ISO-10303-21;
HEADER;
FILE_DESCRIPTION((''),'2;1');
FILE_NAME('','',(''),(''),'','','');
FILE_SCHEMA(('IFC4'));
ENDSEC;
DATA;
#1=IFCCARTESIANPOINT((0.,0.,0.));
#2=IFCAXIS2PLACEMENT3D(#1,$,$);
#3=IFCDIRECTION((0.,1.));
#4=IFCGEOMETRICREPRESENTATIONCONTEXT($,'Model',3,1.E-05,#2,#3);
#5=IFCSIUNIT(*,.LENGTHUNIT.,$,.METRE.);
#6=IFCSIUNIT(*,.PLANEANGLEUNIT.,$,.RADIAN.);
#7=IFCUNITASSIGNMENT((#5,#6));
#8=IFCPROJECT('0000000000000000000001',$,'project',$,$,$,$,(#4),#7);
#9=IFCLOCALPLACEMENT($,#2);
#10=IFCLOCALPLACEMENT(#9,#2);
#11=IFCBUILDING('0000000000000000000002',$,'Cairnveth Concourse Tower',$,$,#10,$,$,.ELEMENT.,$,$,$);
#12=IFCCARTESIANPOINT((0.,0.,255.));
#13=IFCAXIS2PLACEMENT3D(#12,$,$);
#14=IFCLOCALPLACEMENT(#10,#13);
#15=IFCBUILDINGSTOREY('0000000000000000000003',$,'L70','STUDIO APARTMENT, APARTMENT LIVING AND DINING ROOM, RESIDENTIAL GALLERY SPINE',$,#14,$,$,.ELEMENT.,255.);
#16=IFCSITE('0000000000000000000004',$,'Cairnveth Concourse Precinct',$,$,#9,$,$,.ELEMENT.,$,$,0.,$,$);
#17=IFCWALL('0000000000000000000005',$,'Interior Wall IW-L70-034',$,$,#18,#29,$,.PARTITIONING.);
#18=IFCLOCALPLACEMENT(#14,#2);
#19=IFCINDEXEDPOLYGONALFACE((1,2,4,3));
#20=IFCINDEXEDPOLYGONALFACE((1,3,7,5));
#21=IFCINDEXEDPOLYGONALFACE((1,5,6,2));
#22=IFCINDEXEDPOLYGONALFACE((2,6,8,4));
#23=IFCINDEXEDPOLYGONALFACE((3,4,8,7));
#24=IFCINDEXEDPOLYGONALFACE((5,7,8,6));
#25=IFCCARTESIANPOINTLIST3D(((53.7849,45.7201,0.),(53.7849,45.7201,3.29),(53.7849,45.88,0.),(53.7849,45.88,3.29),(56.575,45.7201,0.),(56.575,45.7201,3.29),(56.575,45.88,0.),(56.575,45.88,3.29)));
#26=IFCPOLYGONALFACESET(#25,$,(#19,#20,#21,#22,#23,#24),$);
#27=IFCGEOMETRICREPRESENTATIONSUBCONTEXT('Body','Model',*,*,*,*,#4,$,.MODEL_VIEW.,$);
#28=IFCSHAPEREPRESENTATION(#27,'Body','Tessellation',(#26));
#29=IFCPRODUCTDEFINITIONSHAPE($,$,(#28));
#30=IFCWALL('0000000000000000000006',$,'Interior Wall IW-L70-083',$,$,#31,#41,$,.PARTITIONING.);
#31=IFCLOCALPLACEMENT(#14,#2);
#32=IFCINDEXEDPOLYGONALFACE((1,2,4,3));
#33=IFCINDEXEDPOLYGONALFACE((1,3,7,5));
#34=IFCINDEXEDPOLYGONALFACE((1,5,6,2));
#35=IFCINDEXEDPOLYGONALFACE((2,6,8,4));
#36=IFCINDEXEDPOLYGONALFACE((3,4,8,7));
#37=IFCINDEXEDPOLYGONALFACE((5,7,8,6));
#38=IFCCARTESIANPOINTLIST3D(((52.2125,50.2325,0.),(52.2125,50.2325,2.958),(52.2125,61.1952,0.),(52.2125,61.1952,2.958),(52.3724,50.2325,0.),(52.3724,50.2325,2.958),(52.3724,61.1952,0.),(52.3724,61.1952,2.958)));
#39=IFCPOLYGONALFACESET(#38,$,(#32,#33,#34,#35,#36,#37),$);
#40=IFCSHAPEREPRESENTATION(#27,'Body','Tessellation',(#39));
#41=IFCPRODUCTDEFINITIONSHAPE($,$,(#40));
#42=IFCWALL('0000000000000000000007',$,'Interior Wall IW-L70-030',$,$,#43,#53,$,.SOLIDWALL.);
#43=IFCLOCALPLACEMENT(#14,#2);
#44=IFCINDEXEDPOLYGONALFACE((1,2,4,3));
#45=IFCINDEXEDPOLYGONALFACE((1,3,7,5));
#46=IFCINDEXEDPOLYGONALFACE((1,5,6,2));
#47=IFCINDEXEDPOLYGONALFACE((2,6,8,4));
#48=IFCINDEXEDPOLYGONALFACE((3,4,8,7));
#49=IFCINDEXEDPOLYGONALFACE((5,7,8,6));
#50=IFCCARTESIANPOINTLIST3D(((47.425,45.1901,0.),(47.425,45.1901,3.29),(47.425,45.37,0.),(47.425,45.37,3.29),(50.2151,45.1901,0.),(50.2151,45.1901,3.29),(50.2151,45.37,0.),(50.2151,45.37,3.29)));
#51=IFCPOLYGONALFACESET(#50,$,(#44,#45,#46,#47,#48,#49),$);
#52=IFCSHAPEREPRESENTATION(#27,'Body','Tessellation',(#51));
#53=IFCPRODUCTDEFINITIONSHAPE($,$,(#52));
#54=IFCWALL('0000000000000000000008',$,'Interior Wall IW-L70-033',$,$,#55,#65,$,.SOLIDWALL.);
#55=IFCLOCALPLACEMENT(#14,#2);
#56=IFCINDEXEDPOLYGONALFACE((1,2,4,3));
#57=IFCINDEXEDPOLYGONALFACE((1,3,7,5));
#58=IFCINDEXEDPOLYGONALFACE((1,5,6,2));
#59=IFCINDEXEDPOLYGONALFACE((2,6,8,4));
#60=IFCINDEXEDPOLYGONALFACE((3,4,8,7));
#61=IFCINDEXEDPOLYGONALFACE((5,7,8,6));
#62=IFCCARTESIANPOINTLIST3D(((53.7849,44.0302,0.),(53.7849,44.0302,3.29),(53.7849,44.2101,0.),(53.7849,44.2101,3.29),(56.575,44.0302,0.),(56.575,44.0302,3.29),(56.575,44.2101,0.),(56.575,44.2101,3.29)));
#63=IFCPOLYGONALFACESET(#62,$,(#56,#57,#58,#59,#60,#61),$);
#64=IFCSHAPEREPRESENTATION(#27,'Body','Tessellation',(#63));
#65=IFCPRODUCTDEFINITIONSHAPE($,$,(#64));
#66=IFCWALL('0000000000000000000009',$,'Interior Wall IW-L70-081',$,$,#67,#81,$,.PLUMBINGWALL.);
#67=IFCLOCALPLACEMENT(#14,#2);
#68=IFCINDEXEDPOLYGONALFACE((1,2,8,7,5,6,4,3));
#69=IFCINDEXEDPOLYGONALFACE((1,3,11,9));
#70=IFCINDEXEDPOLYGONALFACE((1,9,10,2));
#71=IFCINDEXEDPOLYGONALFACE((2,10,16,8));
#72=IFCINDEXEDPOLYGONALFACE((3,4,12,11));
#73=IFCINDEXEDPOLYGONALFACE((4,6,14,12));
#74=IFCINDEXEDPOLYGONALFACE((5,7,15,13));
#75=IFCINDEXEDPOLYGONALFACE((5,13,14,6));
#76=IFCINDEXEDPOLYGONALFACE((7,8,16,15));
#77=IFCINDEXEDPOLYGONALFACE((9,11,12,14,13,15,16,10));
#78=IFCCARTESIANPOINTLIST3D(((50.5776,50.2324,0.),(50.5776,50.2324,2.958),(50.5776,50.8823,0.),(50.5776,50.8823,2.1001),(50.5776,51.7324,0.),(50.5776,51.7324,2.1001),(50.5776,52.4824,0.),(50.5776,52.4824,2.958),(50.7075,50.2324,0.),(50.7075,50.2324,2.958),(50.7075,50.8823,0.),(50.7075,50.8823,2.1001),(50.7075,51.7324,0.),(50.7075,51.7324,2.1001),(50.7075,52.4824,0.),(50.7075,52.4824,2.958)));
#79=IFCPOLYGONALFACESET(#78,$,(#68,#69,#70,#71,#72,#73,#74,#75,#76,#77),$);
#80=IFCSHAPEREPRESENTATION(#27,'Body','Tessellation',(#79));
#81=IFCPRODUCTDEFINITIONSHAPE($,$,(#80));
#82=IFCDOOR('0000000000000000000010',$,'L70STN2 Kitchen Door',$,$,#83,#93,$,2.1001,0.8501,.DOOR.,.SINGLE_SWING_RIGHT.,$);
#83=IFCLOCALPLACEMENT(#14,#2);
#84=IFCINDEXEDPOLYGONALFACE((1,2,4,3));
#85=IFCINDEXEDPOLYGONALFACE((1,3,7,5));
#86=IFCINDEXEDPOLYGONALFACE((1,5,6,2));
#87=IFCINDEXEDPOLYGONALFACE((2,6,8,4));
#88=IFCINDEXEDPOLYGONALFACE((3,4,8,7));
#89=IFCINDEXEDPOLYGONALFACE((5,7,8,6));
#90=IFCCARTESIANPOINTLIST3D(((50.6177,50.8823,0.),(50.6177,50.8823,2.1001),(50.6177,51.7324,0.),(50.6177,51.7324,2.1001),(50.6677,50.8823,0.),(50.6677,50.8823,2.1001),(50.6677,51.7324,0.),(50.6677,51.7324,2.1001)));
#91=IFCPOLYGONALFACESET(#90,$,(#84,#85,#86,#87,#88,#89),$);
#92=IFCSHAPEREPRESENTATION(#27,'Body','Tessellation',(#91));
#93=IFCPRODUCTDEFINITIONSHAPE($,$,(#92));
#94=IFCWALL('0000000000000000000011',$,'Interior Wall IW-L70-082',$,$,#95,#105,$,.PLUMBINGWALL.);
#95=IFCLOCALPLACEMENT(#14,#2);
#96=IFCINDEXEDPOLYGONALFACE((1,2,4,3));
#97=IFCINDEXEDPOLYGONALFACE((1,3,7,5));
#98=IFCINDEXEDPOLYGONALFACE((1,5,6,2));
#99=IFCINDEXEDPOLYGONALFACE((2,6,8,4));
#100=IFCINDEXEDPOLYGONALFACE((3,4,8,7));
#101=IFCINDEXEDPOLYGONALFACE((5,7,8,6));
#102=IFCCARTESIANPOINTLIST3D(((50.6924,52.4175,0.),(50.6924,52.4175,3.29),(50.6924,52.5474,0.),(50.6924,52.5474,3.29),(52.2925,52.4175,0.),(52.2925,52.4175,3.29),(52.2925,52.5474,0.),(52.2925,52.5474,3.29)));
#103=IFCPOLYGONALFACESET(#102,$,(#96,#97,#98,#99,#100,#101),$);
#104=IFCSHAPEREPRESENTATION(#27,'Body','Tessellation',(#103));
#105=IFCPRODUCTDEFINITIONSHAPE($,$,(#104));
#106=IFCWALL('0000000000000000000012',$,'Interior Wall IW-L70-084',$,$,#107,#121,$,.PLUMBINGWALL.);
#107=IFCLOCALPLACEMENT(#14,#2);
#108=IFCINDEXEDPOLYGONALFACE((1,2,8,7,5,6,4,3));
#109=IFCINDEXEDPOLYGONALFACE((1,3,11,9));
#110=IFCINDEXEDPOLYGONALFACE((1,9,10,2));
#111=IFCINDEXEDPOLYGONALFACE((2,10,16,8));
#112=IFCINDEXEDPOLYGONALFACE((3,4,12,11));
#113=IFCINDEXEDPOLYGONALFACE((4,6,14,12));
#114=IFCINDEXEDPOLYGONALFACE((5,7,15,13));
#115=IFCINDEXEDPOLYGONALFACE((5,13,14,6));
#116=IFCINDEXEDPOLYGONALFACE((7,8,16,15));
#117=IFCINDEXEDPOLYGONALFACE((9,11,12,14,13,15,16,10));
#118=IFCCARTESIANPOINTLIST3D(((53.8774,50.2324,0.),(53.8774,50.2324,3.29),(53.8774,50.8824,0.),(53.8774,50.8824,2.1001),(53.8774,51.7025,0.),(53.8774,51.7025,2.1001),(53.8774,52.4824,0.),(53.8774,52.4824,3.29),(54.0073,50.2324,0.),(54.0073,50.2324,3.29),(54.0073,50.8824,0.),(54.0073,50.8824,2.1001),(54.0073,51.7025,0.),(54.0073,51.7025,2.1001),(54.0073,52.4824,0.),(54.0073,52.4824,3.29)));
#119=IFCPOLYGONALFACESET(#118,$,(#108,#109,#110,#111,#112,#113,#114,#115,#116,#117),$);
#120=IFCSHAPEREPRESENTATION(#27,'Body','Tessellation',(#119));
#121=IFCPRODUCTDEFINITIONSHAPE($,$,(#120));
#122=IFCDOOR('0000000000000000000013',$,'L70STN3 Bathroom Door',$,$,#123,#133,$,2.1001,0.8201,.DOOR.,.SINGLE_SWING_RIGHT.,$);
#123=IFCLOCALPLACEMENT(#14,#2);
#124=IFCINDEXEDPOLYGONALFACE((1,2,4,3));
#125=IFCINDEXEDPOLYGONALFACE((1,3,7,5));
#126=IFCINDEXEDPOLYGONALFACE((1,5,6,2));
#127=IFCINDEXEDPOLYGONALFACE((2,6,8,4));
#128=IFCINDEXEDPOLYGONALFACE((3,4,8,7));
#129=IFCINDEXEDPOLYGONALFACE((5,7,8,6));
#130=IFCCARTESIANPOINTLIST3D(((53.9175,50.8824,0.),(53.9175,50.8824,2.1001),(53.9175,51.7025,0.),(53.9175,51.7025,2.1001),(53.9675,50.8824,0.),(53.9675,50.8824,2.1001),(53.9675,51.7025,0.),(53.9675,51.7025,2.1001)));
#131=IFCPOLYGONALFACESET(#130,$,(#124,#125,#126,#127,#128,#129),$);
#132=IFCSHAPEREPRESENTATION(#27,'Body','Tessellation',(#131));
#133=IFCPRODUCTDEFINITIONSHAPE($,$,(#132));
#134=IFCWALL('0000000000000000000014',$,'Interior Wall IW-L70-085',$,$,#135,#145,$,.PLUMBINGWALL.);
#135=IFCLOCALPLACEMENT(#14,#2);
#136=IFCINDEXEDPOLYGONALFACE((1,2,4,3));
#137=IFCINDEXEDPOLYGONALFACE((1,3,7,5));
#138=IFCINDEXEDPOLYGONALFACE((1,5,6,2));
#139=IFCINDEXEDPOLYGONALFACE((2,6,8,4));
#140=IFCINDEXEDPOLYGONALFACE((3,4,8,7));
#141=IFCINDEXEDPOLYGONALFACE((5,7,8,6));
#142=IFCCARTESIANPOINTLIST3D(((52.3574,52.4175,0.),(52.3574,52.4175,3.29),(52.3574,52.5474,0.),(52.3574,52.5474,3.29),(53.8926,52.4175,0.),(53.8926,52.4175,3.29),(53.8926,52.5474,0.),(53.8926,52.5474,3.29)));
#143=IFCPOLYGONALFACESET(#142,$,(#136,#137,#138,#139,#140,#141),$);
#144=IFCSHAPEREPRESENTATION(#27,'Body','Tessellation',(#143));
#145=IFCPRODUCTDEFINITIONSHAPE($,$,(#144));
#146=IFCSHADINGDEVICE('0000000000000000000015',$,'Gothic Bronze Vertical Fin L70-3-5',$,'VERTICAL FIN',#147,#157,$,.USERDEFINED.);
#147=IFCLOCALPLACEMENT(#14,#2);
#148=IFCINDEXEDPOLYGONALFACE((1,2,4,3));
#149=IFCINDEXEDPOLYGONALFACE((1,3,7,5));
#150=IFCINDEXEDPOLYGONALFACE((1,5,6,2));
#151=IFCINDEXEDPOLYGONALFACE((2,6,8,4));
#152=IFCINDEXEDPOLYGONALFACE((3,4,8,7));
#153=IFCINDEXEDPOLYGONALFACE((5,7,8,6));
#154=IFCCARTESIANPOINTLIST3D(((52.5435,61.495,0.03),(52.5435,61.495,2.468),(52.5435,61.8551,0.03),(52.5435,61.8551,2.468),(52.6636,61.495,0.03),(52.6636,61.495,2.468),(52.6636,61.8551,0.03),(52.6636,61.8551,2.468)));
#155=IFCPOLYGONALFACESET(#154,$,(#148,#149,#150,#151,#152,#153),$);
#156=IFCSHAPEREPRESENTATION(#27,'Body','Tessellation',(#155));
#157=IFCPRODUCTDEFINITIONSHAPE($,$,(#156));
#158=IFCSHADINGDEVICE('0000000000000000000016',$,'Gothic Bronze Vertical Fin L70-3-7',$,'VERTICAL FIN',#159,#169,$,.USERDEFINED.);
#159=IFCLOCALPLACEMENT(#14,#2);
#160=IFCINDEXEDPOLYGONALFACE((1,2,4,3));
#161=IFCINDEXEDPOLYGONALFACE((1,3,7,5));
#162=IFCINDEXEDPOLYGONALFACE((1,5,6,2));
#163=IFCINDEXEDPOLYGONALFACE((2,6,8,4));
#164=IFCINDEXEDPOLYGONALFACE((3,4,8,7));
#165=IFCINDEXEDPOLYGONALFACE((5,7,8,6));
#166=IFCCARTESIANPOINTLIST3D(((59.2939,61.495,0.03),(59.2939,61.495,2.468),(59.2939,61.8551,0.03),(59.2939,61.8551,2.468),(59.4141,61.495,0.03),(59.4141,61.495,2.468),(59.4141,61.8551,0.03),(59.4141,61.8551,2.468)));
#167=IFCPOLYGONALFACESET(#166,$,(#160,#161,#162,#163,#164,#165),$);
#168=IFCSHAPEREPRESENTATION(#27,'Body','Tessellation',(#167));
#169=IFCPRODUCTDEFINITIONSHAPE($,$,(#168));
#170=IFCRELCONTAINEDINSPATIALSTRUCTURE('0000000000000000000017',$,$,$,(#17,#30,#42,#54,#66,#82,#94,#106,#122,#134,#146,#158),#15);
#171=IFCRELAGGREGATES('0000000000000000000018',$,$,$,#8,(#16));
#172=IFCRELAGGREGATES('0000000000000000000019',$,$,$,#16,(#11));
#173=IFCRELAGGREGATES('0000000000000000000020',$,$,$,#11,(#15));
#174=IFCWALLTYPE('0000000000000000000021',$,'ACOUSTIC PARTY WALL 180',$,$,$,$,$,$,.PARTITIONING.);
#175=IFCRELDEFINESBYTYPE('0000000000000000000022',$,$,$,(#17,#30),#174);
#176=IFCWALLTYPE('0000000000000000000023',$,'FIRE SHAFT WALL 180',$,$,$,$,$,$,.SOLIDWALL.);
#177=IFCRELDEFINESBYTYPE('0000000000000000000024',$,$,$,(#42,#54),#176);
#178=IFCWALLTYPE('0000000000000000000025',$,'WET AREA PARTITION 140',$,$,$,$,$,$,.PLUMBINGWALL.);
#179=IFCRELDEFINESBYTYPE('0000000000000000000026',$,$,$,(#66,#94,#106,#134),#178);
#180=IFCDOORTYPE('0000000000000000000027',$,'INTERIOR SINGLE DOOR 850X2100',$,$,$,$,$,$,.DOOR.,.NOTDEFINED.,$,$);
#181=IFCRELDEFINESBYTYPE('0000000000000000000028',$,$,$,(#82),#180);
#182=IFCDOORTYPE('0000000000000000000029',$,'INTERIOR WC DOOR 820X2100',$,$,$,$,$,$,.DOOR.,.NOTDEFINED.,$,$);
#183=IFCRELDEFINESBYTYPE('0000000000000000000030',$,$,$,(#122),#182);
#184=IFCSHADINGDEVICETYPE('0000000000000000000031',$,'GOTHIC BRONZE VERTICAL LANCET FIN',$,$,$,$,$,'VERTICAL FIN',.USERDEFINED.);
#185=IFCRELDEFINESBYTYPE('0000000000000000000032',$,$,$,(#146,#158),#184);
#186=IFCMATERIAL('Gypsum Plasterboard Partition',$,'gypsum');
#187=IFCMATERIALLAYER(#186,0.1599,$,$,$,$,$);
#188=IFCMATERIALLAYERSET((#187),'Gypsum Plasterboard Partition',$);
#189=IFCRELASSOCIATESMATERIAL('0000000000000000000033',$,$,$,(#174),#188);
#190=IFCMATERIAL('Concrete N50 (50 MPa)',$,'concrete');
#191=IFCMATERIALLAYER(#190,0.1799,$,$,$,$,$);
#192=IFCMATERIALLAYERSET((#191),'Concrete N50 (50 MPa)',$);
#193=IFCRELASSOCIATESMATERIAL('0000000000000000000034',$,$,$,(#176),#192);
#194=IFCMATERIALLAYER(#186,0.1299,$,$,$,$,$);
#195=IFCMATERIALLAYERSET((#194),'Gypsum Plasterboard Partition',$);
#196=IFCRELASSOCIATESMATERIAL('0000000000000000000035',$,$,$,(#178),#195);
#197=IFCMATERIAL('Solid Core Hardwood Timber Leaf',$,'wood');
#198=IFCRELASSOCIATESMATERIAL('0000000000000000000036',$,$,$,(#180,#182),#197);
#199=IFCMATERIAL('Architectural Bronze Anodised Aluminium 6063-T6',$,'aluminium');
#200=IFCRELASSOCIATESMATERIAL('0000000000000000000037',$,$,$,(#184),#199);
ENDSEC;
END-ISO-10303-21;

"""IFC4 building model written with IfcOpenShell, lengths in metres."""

from ifc_helpers import new_model, si_unit, direction, frame, frame_2d, origin, origin_2d, place, context, subcontext, project, spatial, rectangle, extrude, material, layer, layer_set, type_object, element, fill, save


model = new_model("IFC4")

# Units and contexts
model_context = context("Model", 3, precision=1e-05, world=origin(), true_north=direction((0.0, 1.0)))
body_context = subcontext(model_context, "Body", "Model", "MODEL_VIEW")
ifc_project = project(units=[si_unit("LENGTHUNIT", "METRE"), si_unit("PLANEANGLEUNIT", "RADIAN")], contexts=[model_context])

# Site, building, storey
site_placement = place(None, origin())
site = spatial("IfcSite", under=ifc_project, at=site_placement, Name="Cairnveth Concourse Precinct", CompositionType="ELEMENT", RefElevation=0.0)
building_placement = place(site_placement, origin())
building = spatial("IfcBuilding", under=site, at=building_placement, Name="Cairnveth Concourse Tower", CompositionType="ELEMENT")
storey_placement = place(building_placement, frame((0.0, 0.0, 255.0)))
storey = spatial("IfcBuildingStorey", under=building, at=storey_placement, Name="L70", Description="STUDIO APARTMENT, APARTMENT LIVING AND DINING ROOM, RESIDENTIAL GALLERY SPINE", CompositionType="ELEMENT", Elevation=255.0)

# Walls
ifc_material_1 = material(Name="Gypsum Plasterboard Partition", Category="gypsum")
ifc_layer_1 = layer(ifc_material_1, 0.1599)
ifc_layer_set_1 = layer_set([ifc_layer_1], Name="Gypsum Plasterboard Partition")
wall_type_1 = type_object("IfcWallType", Name="ACOUSTIC PARTY WALL 180", PredefinedType="PARTITIONING", material=ifc_layer_set_1)
wall_1_placement = place(storey_placement, frame((53.7849, 45.8, 0.0), z_axis=(0.0, 0.0, 1.0), x_axis=(1.0, 0.0, 0.0)))
element("IfcWall", 1, at=wall_1_placement, inside=storey, type_object=wall_type_1, Name="Interior Wall IW-L70-034", PredefinedType="PARTITIONING", context=body_context, shape_type="SweptSolid", body=[
    extrude(rectangle(XDim=2.79, YDim=0.1599, at=frame_2d((1.395, 0.0))), origin(), (0.0, 0.0, 1.0), 3.29),
])
wall_2_placement = place(storey_placement, frame((52.2925, 50.2324, 0.0), z_axis=(0.0, 0.0, 1.0), x_axis=(0.0, 1.0, 0.0)))
element("IfcWall", 2, at=wall_2_placement, inside=storey, type_object=wall_type_1, Name="Interior Wall IW-L70-083", PredefinedType="PARTITIONING", context=body_context, shape_type="SweptSolid", body=[
    extrude(rectangle(XDim=10.9626, YDim=0.1599, at=frame_2d((5.4814, 0.0))), origin(), (0.0, 0.0, 1.0), 2.958),
])
ifc_material_2 = material(Name="Concrete N50 (50 MPa)", Category="concrete")
ifc_layer_2 = layer(ifc_material_2, 0.1799)
ifc_layer_set_2 = layer_set([ifc_layer_2], Name="Concrete N50 (50 MPa)")
wall_type_2 = type_object("IfcWallType", Name="FIRE SHAFT WALL 180", PredefinedType="SOLIDWALL", material=ifc_layer_set_2)
for number, where, z_axis, x_axis, name in (
    (3, (47.425, 45.28, 0.0), (0.0, 0.0, 1.0), (1.0, 0.0, 0.0), "Interior Wall IW-L70-030"),
    (4, (53.7849, 44.1201, 0.0), (0.0, 0.0, 1.0), (1.0, 0.0, 0.0), "Interior Wall IW-L70-033"),
):
    element("IfcWall", number, at=place(storey_placement, frame(where, z_axis=z_axis, x_axis=x_axis)), inside=storey, type_object=wall_type_2, Name=name, PredefinedType="SOLIDWALL", context=body_context, shape_type="SweptSolid", body=[
        extrude(rectangle(XDim=2.79, YDim=0.1799, at=frame_2d((1.395, 0.0))), origin(), (0.0, 0.0, 1.0), 3.29),
    ])

# Wall, opening, door
ifc_layer_3 = layer(ifc_material_1, 0.1299)
ifc_layer_set_3 = layer_set([ifc_layer_3], Name="Gypsum Plasterboard Partition")
wall_type_3 = type_object("IfcWallType", Name="WET AREA PARTITION 140", PredefinedType="PLUMBINGWALL", material=ifc_layer_set_3)
wall_3_placement = place(storey_placement, frame((50.6426, 50.2324, 0.0), z_axis=(0.0, 0.0, 1.0), x_axis=(0.0, 1.0, 0.0)))
wall_3 = element("IfcWall", 5, at=wall_3_placement, inside=storey, type_object=wall_type_3, Name="Interior Wall IW-L70-081", PredefinedType="PLUMBINGWALL", context=body_context, shape_type="SweptSolid", body=[
    extrude(rectangle(XDim=2.25, YDim=0.1299, at=frame_2d((1.125, 0.0))), origin(), (0.0, 0.0, 1.0), 2.958),
])
opening_1_placement = place(wall_3_placement, frame((0.6499, 0.0, 0.0)))
opening_1 = element("IfcOpeningElement", 6, at=opening_1_placement, cuts=wall_3, PredefinedType="OPENING", context=body_context, shape_type="SweptSolid", body=[
    extrude(rectangle(XDim=0.8501, YDim=2.1001, at=frame_2d((0.425, 1.05))), frame((0.0, 0.075, 0.0), z_axis=(0.0, -1.0, 0.0), x_axis=(1.0, 0.0, 0.0)), (0.0, 0.0, 1.0), 0.1499),
])
ifc_material_3 = material(Name="Solid Core Hardwood Timber Leaf", Category="wood")
door_type_1 = type_object("IfcDoorType", Name="INTERIOR SINGLE DOOR 850X2100", OperationType="NOTDEFINED", PredefinedType="DOOR", material=ifc_material_3)
door_1_placement = place(opening_1_placement, origin())
door_1 = element("IfcDoor", 7, at=door_1_placement, inside=storey, type_object=door_type_1, Name="L70STN2 Kitchen Door", OperationType="SINGLE_SWING_RIGHT", OverallHeight=2.1001, OverallWidth=0.8501, PredefinedType="DOOR", context=body_context, shape_type="SweptSolid", body=[
    extrude(rectangle(XDim=0.8501, YDim=2.1001, at=frame_2d((0.425, 1.05))), frame((0.0, 0.0249, 0.0), z_axis=(0.0, -1.0, 0.0), x_axis=(1.0, 0.0, 0.0)), (0.0, 0.0, 1.0), 0.05),
])
fill(opening_1, door_1)

# Wall
wall_4_placement = place(storey_placement, frame((50.6924, 52.4824, 0.0), z_axis=(0.0, 0.0, 1.0), x_axis=(1.0, 0.0, 0.0)))
element("IfcWall", 8, at=wall_4_placement, inside=storey, type_object=wall_type_3, Name="Interior Wall IW-L70-082", PredefinedType="PLUMBINGWALL", context=body_context, shape_type="SweptSolid", body=[
    extrude(rectangle(XDim=1.6001, YDim=0.1299, at=frame_2d((0.8, 0.0))), origin(), (0.0, 0.0, 1.0), 3.29),
])

# Wall, opening, door
wall_5_placement = place(storey_placement, frame((53.9424, 50.2324, 0.0), z_axis=(0.0, 0.0, 1.0), x_axis=(0.0, 1.0, 0.0)))
wall_5 = element("IfcWall", 9, at=wall_5_placement, inside=storey, type_object=wall_type_3, Name="Interior Wall IW-L70-084", PredefinedType="PLUMBINGWALL", context=body_context, shape_type="SweptSolid", body=[
    extrude(rectangle(XDim=2.25, YDim=0.1299, at=frame_2d((1.125, 0.0))), origin(), (0.0, 0.0, 1.0), 3.29),
])
opening_2_placement = place(wall_5_placement, frame((0.6499, 0.0, 0.0)))
opening_2 = element("IfcOpeningElement", 10, at=opening_2_placement, cuts=wall_5, PredefinedType="OPENING", context=body_context, shape_type="SweptSolid", body=[
    extrude(rectangle(XDim=0.8201, YDim=2.1001, at=frame_2d((0.4102, 1.05))), frame((0.0, 0.075, 0.0), z_axis=(0.0, -1.0, 0.0), x_axis=(1.0, 0.0, 0.0)), (0.0, 0.0, 1.0), 0.1499),
])
door_type_2 = type_object("IfcDoorType", Name="INTERIOR WC DOOR 820X2100", OperationType="NOTDEFINED", PredefinedType="DOOR", material=ifc_material_3)
door_2_placement = place(opening_2_placement, origin())
door_2 = element("IfcDoor", 11, at=door_2_placement, inside=storey, type_object=door_type_2, Name="L70STN3 Bathroom Door", OperationType="SINGLE_SWING_RIGHT", OverallHeight=2.1001, OverallWidth=0.8201, PredefinedType="DOOR", context=body_context, shape_type="SweptSolid", body=[
    extrude(rectangle(XDim=0.8201, YDim=2.1001, at=frame_2d((0.4102, 1.05))), frame((0.0, 0.0249, 0.0), z_axis=(0.0, -1.0, 0.0), x_axis=(1.0, 0.0, 0.0)), (0.0, 0.0, 1.0), 0.05),
])
fill(opening_2, door_2)

# Wall
wall_6_placement = place(storey_placement, frame((52.3574, 52.4824, 0.0), z_axis=(0.0, 0.0, 1.0), x_axis=(1.0, 0.0, 0.0)))
element("IfcWall", 12, at=wall_6_placement, inside=storey, type_object=wall_type_3, Name="Interior Wall IW-L70-085", PredefinedType="PLUMBINGWALL", context=body_context, shape_type="SweptSolid", body=[
    extrude(rectangle(XDim=1.5352, YDim=0.1299, at=frame_2d((0.7676, 0.0))), origin(), (0.0, 0.0, 1.0), 3.29),
])

# Shading devices
ifc_material_4 = material(Name="Architectural Bronze Anodised Aluminium 6063-T6", Category="aluminium")
shading_device_type = type_object("IfcShadingDeviceType", Name="GOTHIC BRONZE VERTICAL LANCET FIN", ElementType="VERTICAL FIN", PredefinedType="USERDEFINED", material=ifc_material_4)
for number, where, z_axis, x_axis, name in (
    (13, (52.6035, 61.675, 0.03), (0.0, 0.0, 1.0), (1.0, 0.0, 0.0), "Gothic Bronze Vertical Fin L70-3-5"),
    (14, (59.354, 61.675, 0.03), (0.0, 0.0, 1.0), (1.0, 0.0, 0.0), "Gothic Bronze Vertical Fin L70-3-7"),
):
    element("IfcShadingDevice", number, at=place(storey_placement, frame(where, z_axis=z_axis, x_axis=x_axis)), inside=storey, type_object=shading_device_type, Name=name, ObjectType="VERTICAL FIN", PredefinedType="USERDEFINED", context=body_context, shape_type="SweptSolid", body=[
        extrude(rectangle(XDim=0.1201, YDim=0.3601, at=origin_2d()), origin(), (0.0, 0.0, 1.0), 2.438),
    ])

save(model, "model.ifc")
